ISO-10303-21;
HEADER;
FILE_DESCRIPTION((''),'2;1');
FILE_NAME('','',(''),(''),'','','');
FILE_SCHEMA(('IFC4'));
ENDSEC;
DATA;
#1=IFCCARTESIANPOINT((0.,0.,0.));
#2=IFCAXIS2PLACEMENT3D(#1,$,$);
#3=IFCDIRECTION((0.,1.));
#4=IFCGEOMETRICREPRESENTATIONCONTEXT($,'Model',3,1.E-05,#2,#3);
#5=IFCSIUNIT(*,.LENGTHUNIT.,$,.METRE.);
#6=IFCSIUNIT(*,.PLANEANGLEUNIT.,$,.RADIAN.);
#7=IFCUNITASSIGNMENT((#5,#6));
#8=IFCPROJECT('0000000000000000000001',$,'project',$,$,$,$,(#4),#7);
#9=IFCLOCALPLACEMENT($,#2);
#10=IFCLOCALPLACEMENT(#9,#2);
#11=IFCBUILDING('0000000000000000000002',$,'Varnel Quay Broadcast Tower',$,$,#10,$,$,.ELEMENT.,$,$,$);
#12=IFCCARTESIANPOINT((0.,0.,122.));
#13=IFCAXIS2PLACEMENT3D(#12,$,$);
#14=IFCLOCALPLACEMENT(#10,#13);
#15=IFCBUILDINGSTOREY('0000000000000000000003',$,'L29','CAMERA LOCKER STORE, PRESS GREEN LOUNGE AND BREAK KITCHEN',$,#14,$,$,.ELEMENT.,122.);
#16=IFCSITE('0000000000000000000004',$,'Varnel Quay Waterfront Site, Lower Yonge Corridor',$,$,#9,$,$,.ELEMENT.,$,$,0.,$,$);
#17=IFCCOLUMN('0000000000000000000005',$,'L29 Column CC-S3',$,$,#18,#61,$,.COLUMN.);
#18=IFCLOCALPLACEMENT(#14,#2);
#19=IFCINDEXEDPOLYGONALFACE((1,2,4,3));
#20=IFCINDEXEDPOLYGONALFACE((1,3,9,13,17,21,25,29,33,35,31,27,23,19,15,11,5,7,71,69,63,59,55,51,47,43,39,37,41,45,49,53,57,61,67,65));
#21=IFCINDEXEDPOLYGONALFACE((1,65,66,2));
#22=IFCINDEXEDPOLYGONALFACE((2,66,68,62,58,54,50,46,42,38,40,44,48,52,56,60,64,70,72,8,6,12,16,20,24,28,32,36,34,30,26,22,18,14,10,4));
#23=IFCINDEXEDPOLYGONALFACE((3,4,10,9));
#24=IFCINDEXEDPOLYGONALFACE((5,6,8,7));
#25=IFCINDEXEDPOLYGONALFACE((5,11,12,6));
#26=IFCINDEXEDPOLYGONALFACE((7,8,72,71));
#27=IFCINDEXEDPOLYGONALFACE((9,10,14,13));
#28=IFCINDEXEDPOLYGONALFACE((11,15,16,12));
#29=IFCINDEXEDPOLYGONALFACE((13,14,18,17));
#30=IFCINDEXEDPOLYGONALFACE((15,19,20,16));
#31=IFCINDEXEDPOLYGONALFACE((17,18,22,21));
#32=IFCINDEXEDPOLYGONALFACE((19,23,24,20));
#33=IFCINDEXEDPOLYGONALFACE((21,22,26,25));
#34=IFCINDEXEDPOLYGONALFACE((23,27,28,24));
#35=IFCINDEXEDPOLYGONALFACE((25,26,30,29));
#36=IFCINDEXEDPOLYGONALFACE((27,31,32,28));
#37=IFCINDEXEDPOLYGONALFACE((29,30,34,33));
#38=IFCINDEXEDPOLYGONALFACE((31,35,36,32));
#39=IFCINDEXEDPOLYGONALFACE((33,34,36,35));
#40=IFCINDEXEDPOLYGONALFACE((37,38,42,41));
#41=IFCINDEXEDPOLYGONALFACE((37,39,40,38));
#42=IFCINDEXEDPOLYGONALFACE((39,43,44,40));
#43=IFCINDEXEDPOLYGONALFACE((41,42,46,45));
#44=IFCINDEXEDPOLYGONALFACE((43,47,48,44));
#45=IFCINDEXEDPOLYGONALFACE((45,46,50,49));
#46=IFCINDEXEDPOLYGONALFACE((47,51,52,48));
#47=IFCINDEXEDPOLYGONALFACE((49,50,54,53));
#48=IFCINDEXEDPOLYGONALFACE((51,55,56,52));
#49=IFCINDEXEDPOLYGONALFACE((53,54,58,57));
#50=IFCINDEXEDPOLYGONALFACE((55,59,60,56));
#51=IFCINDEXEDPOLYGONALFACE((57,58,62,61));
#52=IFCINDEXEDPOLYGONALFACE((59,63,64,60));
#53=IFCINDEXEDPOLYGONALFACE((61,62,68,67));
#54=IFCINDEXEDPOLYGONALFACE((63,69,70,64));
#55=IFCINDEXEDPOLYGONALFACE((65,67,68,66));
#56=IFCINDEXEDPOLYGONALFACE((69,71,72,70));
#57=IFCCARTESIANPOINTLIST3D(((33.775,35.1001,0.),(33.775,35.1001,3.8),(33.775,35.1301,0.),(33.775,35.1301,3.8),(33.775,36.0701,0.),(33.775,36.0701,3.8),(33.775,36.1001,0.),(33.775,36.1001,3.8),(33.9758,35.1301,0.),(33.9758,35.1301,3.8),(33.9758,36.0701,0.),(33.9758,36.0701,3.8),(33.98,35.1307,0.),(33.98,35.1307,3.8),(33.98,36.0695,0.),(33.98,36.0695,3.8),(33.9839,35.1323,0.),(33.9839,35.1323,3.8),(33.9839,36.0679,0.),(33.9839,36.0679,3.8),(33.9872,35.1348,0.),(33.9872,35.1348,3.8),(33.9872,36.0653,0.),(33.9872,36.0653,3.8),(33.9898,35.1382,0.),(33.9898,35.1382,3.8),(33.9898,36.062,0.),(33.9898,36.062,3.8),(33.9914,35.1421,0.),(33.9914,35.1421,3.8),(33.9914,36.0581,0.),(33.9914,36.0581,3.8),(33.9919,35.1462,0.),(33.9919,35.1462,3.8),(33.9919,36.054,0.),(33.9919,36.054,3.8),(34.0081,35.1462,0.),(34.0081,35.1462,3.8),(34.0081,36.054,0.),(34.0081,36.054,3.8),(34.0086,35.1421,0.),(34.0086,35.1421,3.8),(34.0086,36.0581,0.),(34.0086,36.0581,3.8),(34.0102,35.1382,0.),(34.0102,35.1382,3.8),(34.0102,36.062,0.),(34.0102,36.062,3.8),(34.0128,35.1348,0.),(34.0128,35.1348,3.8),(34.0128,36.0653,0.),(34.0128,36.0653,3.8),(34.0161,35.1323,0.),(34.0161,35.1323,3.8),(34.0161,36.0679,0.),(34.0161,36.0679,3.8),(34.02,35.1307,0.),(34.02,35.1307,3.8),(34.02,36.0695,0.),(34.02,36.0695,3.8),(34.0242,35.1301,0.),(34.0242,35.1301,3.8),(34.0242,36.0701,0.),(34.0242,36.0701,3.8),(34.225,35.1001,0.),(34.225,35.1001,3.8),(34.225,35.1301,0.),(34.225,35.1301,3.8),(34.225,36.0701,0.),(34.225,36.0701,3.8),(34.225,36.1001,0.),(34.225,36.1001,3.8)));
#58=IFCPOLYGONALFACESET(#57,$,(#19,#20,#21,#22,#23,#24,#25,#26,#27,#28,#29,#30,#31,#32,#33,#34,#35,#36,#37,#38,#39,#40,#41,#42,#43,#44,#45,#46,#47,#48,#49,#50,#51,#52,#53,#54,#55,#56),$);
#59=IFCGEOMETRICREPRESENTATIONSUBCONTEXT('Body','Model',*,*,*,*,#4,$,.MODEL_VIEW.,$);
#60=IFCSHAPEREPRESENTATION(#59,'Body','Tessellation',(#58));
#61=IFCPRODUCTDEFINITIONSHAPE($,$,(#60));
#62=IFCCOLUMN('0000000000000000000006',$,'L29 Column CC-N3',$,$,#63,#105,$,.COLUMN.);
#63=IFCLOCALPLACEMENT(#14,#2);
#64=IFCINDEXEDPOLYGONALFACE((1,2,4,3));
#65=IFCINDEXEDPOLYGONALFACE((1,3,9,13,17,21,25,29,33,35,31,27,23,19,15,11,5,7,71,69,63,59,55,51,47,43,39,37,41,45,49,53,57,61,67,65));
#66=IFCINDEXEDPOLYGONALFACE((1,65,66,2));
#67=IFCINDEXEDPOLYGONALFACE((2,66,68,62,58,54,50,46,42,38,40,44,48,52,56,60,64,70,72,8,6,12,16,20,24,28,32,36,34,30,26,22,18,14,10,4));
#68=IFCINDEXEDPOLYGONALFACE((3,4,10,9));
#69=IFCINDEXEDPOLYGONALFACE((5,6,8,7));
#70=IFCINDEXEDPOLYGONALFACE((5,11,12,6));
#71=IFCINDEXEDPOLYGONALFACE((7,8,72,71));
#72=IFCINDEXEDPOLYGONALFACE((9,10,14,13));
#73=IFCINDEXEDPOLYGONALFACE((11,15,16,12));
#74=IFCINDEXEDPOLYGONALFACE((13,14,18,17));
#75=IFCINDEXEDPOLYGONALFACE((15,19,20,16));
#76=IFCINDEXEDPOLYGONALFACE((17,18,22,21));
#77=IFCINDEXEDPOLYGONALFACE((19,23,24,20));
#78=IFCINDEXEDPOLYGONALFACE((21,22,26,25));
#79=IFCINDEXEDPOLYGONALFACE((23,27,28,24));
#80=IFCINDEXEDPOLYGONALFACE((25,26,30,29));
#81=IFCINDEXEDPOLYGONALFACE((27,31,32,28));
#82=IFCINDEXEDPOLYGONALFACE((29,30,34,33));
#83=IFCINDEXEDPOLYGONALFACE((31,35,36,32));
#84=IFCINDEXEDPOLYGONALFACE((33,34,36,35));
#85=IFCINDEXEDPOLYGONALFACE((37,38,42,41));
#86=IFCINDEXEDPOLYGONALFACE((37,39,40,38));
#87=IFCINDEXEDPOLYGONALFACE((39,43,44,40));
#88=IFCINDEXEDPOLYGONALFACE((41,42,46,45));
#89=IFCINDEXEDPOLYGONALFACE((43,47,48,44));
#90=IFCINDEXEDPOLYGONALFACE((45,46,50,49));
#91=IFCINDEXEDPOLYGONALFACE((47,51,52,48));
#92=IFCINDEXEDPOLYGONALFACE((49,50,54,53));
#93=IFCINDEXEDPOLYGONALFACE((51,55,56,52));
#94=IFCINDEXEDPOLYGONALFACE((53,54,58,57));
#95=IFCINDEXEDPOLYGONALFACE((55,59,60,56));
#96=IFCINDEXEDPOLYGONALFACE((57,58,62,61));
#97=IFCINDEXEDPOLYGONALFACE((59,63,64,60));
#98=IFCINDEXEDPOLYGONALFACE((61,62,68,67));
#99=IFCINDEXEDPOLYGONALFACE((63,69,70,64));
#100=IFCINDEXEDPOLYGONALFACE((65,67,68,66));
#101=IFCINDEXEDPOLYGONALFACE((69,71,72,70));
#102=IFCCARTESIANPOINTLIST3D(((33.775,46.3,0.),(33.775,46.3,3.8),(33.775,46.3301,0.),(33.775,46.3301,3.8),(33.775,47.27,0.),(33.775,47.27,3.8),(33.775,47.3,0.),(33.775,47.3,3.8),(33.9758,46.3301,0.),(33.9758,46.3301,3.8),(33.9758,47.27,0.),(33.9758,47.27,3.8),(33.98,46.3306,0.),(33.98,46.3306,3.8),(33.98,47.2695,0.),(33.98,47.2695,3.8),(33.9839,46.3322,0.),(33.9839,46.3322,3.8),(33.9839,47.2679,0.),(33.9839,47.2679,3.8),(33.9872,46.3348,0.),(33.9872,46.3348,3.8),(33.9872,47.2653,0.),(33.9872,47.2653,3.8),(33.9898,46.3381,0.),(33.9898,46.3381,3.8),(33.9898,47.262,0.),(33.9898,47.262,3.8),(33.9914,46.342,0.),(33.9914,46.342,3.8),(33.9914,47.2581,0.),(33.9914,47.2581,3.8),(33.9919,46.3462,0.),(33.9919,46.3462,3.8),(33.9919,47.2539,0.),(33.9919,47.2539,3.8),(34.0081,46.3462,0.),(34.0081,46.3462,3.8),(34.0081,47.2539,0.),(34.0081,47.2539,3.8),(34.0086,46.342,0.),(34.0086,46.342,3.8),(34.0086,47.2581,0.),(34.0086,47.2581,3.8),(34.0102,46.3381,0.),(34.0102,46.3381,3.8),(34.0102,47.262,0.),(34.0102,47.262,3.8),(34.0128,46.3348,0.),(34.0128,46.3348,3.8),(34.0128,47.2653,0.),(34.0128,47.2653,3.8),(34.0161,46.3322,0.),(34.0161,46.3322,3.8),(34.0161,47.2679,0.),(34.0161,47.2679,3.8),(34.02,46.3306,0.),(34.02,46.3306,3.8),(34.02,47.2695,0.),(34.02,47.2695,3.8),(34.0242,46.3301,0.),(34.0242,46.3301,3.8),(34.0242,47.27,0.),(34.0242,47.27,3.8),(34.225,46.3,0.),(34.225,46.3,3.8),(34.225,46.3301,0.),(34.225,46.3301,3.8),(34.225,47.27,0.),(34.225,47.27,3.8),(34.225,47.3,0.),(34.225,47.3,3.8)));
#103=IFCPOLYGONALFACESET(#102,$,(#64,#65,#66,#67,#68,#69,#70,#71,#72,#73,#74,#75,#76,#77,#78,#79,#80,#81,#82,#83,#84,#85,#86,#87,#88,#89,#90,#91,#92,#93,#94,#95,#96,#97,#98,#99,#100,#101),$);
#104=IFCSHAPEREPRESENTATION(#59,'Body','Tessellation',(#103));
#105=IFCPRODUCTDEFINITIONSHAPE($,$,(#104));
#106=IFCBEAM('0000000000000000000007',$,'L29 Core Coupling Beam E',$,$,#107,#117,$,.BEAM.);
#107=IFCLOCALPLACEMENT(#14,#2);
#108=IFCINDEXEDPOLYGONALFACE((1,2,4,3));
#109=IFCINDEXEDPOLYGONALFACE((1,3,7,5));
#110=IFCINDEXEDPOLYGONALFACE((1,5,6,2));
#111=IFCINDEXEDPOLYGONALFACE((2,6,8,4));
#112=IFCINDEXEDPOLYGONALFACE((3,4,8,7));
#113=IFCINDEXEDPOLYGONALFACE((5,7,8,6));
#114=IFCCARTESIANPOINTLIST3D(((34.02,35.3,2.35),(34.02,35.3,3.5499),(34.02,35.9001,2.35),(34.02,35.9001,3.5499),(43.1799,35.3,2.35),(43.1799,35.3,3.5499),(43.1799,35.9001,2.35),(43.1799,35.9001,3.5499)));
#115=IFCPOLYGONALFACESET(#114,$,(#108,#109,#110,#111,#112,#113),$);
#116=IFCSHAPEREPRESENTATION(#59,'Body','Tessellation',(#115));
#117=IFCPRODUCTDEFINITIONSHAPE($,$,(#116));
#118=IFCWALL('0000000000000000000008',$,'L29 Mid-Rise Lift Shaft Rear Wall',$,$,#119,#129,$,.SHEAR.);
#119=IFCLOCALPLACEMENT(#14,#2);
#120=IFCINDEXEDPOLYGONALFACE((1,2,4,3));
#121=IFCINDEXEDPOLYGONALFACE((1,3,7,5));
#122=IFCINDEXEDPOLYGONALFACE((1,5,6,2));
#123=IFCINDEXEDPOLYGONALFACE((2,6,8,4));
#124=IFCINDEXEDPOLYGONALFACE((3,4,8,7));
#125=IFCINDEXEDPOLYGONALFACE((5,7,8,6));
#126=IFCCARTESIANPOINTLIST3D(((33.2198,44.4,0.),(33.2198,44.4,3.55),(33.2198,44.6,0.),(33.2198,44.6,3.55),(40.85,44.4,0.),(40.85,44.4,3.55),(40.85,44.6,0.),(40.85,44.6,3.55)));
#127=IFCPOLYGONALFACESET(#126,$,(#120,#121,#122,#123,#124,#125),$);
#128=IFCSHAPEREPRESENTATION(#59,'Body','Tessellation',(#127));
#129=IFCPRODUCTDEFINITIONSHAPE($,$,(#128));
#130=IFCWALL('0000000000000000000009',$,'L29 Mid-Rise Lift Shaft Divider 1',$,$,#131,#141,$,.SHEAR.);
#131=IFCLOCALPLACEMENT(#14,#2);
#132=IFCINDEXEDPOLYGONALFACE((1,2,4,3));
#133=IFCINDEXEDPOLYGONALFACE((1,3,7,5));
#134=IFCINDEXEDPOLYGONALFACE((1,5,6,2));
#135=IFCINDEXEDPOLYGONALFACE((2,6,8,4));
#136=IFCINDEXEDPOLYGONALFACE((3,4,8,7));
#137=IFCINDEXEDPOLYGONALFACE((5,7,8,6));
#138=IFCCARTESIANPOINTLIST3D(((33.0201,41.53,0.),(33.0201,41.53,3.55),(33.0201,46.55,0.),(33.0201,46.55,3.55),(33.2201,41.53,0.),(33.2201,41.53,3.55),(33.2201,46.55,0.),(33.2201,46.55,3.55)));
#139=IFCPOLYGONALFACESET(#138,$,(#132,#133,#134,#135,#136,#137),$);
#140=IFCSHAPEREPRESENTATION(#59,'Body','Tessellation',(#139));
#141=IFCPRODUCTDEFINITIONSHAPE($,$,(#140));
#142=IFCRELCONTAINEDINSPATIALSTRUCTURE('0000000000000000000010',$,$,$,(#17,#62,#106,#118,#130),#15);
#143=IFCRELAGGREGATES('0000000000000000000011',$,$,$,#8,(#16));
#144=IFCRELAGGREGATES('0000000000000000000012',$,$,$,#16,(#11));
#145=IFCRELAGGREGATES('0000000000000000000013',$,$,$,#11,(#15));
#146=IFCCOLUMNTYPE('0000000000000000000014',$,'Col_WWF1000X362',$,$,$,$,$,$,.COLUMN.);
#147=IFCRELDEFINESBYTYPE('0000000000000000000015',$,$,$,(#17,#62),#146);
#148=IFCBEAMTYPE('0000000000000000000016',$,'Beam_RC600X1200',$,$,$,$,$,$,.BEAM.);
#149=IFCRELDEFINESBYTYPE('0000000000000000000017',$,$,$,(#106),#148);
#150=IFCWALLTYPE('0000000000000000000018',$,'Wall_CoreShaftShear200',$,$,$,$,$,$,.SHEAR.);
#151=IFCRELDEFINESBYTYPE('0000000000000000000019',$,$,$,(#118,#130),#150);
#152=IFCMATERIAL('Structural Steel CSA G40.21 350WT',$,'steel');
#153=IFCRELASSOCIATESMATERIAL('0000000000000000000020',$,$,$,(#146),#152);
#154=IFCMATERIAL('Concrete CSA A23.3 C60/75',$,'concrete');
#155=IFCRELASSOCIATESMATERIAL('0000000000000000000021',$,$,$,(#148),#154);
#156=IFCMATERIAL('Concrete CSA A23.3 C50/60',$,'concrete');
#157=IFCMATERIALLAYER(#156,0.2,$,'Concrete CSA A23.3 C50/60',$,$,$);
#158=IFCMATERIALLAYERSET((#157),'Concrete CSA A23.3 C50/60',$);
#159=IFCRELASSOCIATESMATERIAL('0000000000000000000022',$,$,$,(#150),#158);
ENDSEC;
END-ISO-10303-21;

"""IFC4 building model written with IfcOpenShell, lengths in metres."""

from ifc_helpers import new_model, si_unit, direction, frame, frame_2d, origin, origin_2d, place, context, subcontext, project, spatial, rectangle, i_section, extrude, source, transform, mapped, material, layer, layer_set, material_profile, profile_set, type_object, type_shapes, element, save


model = new_model("IFC4")

# Units and contexts
model_context = context("Model", 3, precision=1e-05, world=origin(), true_north=direction((0.0, 1.0)))
body_context = subcontext(model_context, "Body", "Model", "MODEL_VIEW")
ifc_project = project(units=[si_unit("LENGTHUNIT", "METRE"), si_unit("PLANEANGLEUNIT", "RADIAN")], contexts=[model_context])

# Site, building, storey
site_placement = place(None, origin())
site = spatial("IfcSite", under=ifc_project, at=site_placement, Name="Varnel Quay Waterfront Site, Lower Yonge Corridor", CompositionType="ELEMENT", RefElevation=0.0)
building_placement = place(site_placement, origin())
building = spatial("IfcBuilding", under=site, at=building_placement, Name="Varnel Quay Broadcast Tower", CompositionType="ELEMENT")
storey_placement = place(building_placement, frame((0.0, 0.0, 122.0)))
storey = spatial("IfcBuildingStorey", under=building, at=storey_placement, Name="L29", Description="CAMERA LOCKER STORE, PRESS GREEN LOUNGE AND BREAK KITCHEN", CompositionType="ELEMENT", Elevation=122.0)

# Columns
ifc_material_1 = material(Name="Structural Steel CSA G40.21 350WT", Category="steel")
ifc_material_profile_1 = material_profile(ifc_material_1, i_section(OverallWidth=0.45, OverallDepth=1.0, WebThickness=0.0161, FlangeThickness=0.03, FilletRadius=0.0161, at=origin_2d()), Name="WWF1000X362")
ifc_profile_set_1 = profile_set([ifc_material_profile_1], Name="Structural Steel CSA G40.21 350WT")
column_type = type_object("IfcColumnType", Name="Col_WWF1000X362", PredefinedType="COLUMN", material=ifc_profile_set_1)
shared_shape_1 = source(origin(), body_context, "Body", "SweptSolid", [
    extrude(i_section(OverallWidth=0.45, OverallDepth=1.0, WebThickness=0.0161, FlangeThickness=0.03, FilletRadius=0.0161, at=origin_2d()), origin(), (0.0, 0.0, 1.0), 3.8),
])
type_shapes(column_type, [shared_shape_1])
for number, where, z_axis, x_axis, name in (
    (1, (34.0, 35.6001, 0.0), (0.0, 0.0, 1.0), (1.0, 0.0, 0.0), "L29 Column CC-S3"),
    (2, (34.0, 46.8, 0.0), (0.0, 0.0, 1.0), (1.0, 0.0, 0.0), "L29 Column CC-N3"),
):
    element("IfcColumn", number, at=place(storey_placement, frame(where, z_axis=z_axis, x_axis=x_axis)), inside=storey, type_object=column_type, Name=name, PredefinedType="COLUMN", context=body_context, shape_type="MappedRepresentation", body=[
        mapped(shared_shape_1, transform((0.0, 0.0, 0.0), x_axis=(1.0, 0.0, 0.0), y_axis=(0.0, 1.0, 0.0), z_axis=(0.0, 0.0, 1.0), scale=1.0)),
    ])

# Beam
ifc_material_2 = material(Name="Concrete CSA A23.3 C60/75", Category="concrete")
ifc_material_profile_2 = material_profile(ifc_material_2, rectangle(XDim=0.6001, YDim=1.2, at=origin_2d()), Name="RC600X1200")
ifc_profile_set_2 = profile_set([ifc_material_profile_2], Name="Concrete CSA A23.3 C60/75")
beam_type = type_object("IfcBeamType", Name="Beam_RC600X1200", PredefinedType="BEAM", material=ifc_profile_set_2)
shared_shape_2 = source(origin(), body_context, "Body", "SweptSolid", [
    extrude(rectangle(XDim=0.6001, YDim=1.2, at=origin_2d()), origin(), (0.0, 0.0, 1.0), 9.1599),
])
type_shapes(beam_type, [shared_shape_2])
beam_placement = place(storey_placement, frame((34.02, 35.6001, 2.95), z_axis=(1.0, 0.0, 0.0), x_axis=(0.0, 1.0, 0.0)))
element("IfcBeam", 3, at=beam_placement, inside=storey, type_object=beam_type, Name="L29 Core Coupling Beam E", PredefinedType="BEAM", context=body_context, shape_type="MappedRepresentation", body=[
    mapped(shared_shape_2, transform((0.0, 0.0, 0.0), x_axis=(1.0, 0.0, 0.0), y_axis=(0.0, 1.0, 0.0), z_axis=(0.0, 0.0, 1.0), scale=1.0)),
])

# Walls
ifc_material_3 = material(Name="Concrete CSA A23.3 C50/60", Category="concrete")
ifc_layer_1 = layer(ifc_material_3, 0.2, Name="Concrete CSA A23.3 C50/60")
ifc_layer_set_1 = layer_set([ifc_layer_1], Name="Concrete CSA A23.3 C50/60")
wall_type_1 = type_object("IfcWallType", Name="Wall_CoreShaftShear200", PredefinedType="SHEAR", material=ifc_layer_set_1)
wall_1_placement = place(storey_placement, frame((33.22, 44.5, 0.0), z_axis=(0.0, 0.0, 1.0), x_axis=(1.0, 0.0, 0.0)))
element("IfcWall", 4, at=wall_1_placement, inside=storey, type_object=wall_type_1, Name="L29 Mid-Rise Lift Shaft Rear Wall", PredefinedType="SHEAR", context=body_context, shape_type="SweptSolid", body=[
    extrude(rectangle(XDim=7.6301, YDim=0.2, at=frame_2d((3.8149, 0.0))), origin(), (0.0, 0.0, 1.0), 3.55),
])
wall_2_placement = place(storey_placement, frame((33.1201, 41.53, 0.0), z_axis=(0.0, 0.0, 1.0), x_axis=(0.0, 1.0, 0.0)))
element("IfcWall", 5, at=wall_2_placement, inside=storey, type_object=wall_type_1, Name="L29 Mid-Rise Lift Shaft Divider 1", PredefinedType="SHEAR", context=body_context, shape_type="SweptSolid", body=[
    extrude(rectangle(XDim=5.02, YDim=0.2, at=frame_2d((2.51, 0.0))), origin(), (0.0, 0.0, 1.0), 3.55),
])

save(model, "model.ifc")
